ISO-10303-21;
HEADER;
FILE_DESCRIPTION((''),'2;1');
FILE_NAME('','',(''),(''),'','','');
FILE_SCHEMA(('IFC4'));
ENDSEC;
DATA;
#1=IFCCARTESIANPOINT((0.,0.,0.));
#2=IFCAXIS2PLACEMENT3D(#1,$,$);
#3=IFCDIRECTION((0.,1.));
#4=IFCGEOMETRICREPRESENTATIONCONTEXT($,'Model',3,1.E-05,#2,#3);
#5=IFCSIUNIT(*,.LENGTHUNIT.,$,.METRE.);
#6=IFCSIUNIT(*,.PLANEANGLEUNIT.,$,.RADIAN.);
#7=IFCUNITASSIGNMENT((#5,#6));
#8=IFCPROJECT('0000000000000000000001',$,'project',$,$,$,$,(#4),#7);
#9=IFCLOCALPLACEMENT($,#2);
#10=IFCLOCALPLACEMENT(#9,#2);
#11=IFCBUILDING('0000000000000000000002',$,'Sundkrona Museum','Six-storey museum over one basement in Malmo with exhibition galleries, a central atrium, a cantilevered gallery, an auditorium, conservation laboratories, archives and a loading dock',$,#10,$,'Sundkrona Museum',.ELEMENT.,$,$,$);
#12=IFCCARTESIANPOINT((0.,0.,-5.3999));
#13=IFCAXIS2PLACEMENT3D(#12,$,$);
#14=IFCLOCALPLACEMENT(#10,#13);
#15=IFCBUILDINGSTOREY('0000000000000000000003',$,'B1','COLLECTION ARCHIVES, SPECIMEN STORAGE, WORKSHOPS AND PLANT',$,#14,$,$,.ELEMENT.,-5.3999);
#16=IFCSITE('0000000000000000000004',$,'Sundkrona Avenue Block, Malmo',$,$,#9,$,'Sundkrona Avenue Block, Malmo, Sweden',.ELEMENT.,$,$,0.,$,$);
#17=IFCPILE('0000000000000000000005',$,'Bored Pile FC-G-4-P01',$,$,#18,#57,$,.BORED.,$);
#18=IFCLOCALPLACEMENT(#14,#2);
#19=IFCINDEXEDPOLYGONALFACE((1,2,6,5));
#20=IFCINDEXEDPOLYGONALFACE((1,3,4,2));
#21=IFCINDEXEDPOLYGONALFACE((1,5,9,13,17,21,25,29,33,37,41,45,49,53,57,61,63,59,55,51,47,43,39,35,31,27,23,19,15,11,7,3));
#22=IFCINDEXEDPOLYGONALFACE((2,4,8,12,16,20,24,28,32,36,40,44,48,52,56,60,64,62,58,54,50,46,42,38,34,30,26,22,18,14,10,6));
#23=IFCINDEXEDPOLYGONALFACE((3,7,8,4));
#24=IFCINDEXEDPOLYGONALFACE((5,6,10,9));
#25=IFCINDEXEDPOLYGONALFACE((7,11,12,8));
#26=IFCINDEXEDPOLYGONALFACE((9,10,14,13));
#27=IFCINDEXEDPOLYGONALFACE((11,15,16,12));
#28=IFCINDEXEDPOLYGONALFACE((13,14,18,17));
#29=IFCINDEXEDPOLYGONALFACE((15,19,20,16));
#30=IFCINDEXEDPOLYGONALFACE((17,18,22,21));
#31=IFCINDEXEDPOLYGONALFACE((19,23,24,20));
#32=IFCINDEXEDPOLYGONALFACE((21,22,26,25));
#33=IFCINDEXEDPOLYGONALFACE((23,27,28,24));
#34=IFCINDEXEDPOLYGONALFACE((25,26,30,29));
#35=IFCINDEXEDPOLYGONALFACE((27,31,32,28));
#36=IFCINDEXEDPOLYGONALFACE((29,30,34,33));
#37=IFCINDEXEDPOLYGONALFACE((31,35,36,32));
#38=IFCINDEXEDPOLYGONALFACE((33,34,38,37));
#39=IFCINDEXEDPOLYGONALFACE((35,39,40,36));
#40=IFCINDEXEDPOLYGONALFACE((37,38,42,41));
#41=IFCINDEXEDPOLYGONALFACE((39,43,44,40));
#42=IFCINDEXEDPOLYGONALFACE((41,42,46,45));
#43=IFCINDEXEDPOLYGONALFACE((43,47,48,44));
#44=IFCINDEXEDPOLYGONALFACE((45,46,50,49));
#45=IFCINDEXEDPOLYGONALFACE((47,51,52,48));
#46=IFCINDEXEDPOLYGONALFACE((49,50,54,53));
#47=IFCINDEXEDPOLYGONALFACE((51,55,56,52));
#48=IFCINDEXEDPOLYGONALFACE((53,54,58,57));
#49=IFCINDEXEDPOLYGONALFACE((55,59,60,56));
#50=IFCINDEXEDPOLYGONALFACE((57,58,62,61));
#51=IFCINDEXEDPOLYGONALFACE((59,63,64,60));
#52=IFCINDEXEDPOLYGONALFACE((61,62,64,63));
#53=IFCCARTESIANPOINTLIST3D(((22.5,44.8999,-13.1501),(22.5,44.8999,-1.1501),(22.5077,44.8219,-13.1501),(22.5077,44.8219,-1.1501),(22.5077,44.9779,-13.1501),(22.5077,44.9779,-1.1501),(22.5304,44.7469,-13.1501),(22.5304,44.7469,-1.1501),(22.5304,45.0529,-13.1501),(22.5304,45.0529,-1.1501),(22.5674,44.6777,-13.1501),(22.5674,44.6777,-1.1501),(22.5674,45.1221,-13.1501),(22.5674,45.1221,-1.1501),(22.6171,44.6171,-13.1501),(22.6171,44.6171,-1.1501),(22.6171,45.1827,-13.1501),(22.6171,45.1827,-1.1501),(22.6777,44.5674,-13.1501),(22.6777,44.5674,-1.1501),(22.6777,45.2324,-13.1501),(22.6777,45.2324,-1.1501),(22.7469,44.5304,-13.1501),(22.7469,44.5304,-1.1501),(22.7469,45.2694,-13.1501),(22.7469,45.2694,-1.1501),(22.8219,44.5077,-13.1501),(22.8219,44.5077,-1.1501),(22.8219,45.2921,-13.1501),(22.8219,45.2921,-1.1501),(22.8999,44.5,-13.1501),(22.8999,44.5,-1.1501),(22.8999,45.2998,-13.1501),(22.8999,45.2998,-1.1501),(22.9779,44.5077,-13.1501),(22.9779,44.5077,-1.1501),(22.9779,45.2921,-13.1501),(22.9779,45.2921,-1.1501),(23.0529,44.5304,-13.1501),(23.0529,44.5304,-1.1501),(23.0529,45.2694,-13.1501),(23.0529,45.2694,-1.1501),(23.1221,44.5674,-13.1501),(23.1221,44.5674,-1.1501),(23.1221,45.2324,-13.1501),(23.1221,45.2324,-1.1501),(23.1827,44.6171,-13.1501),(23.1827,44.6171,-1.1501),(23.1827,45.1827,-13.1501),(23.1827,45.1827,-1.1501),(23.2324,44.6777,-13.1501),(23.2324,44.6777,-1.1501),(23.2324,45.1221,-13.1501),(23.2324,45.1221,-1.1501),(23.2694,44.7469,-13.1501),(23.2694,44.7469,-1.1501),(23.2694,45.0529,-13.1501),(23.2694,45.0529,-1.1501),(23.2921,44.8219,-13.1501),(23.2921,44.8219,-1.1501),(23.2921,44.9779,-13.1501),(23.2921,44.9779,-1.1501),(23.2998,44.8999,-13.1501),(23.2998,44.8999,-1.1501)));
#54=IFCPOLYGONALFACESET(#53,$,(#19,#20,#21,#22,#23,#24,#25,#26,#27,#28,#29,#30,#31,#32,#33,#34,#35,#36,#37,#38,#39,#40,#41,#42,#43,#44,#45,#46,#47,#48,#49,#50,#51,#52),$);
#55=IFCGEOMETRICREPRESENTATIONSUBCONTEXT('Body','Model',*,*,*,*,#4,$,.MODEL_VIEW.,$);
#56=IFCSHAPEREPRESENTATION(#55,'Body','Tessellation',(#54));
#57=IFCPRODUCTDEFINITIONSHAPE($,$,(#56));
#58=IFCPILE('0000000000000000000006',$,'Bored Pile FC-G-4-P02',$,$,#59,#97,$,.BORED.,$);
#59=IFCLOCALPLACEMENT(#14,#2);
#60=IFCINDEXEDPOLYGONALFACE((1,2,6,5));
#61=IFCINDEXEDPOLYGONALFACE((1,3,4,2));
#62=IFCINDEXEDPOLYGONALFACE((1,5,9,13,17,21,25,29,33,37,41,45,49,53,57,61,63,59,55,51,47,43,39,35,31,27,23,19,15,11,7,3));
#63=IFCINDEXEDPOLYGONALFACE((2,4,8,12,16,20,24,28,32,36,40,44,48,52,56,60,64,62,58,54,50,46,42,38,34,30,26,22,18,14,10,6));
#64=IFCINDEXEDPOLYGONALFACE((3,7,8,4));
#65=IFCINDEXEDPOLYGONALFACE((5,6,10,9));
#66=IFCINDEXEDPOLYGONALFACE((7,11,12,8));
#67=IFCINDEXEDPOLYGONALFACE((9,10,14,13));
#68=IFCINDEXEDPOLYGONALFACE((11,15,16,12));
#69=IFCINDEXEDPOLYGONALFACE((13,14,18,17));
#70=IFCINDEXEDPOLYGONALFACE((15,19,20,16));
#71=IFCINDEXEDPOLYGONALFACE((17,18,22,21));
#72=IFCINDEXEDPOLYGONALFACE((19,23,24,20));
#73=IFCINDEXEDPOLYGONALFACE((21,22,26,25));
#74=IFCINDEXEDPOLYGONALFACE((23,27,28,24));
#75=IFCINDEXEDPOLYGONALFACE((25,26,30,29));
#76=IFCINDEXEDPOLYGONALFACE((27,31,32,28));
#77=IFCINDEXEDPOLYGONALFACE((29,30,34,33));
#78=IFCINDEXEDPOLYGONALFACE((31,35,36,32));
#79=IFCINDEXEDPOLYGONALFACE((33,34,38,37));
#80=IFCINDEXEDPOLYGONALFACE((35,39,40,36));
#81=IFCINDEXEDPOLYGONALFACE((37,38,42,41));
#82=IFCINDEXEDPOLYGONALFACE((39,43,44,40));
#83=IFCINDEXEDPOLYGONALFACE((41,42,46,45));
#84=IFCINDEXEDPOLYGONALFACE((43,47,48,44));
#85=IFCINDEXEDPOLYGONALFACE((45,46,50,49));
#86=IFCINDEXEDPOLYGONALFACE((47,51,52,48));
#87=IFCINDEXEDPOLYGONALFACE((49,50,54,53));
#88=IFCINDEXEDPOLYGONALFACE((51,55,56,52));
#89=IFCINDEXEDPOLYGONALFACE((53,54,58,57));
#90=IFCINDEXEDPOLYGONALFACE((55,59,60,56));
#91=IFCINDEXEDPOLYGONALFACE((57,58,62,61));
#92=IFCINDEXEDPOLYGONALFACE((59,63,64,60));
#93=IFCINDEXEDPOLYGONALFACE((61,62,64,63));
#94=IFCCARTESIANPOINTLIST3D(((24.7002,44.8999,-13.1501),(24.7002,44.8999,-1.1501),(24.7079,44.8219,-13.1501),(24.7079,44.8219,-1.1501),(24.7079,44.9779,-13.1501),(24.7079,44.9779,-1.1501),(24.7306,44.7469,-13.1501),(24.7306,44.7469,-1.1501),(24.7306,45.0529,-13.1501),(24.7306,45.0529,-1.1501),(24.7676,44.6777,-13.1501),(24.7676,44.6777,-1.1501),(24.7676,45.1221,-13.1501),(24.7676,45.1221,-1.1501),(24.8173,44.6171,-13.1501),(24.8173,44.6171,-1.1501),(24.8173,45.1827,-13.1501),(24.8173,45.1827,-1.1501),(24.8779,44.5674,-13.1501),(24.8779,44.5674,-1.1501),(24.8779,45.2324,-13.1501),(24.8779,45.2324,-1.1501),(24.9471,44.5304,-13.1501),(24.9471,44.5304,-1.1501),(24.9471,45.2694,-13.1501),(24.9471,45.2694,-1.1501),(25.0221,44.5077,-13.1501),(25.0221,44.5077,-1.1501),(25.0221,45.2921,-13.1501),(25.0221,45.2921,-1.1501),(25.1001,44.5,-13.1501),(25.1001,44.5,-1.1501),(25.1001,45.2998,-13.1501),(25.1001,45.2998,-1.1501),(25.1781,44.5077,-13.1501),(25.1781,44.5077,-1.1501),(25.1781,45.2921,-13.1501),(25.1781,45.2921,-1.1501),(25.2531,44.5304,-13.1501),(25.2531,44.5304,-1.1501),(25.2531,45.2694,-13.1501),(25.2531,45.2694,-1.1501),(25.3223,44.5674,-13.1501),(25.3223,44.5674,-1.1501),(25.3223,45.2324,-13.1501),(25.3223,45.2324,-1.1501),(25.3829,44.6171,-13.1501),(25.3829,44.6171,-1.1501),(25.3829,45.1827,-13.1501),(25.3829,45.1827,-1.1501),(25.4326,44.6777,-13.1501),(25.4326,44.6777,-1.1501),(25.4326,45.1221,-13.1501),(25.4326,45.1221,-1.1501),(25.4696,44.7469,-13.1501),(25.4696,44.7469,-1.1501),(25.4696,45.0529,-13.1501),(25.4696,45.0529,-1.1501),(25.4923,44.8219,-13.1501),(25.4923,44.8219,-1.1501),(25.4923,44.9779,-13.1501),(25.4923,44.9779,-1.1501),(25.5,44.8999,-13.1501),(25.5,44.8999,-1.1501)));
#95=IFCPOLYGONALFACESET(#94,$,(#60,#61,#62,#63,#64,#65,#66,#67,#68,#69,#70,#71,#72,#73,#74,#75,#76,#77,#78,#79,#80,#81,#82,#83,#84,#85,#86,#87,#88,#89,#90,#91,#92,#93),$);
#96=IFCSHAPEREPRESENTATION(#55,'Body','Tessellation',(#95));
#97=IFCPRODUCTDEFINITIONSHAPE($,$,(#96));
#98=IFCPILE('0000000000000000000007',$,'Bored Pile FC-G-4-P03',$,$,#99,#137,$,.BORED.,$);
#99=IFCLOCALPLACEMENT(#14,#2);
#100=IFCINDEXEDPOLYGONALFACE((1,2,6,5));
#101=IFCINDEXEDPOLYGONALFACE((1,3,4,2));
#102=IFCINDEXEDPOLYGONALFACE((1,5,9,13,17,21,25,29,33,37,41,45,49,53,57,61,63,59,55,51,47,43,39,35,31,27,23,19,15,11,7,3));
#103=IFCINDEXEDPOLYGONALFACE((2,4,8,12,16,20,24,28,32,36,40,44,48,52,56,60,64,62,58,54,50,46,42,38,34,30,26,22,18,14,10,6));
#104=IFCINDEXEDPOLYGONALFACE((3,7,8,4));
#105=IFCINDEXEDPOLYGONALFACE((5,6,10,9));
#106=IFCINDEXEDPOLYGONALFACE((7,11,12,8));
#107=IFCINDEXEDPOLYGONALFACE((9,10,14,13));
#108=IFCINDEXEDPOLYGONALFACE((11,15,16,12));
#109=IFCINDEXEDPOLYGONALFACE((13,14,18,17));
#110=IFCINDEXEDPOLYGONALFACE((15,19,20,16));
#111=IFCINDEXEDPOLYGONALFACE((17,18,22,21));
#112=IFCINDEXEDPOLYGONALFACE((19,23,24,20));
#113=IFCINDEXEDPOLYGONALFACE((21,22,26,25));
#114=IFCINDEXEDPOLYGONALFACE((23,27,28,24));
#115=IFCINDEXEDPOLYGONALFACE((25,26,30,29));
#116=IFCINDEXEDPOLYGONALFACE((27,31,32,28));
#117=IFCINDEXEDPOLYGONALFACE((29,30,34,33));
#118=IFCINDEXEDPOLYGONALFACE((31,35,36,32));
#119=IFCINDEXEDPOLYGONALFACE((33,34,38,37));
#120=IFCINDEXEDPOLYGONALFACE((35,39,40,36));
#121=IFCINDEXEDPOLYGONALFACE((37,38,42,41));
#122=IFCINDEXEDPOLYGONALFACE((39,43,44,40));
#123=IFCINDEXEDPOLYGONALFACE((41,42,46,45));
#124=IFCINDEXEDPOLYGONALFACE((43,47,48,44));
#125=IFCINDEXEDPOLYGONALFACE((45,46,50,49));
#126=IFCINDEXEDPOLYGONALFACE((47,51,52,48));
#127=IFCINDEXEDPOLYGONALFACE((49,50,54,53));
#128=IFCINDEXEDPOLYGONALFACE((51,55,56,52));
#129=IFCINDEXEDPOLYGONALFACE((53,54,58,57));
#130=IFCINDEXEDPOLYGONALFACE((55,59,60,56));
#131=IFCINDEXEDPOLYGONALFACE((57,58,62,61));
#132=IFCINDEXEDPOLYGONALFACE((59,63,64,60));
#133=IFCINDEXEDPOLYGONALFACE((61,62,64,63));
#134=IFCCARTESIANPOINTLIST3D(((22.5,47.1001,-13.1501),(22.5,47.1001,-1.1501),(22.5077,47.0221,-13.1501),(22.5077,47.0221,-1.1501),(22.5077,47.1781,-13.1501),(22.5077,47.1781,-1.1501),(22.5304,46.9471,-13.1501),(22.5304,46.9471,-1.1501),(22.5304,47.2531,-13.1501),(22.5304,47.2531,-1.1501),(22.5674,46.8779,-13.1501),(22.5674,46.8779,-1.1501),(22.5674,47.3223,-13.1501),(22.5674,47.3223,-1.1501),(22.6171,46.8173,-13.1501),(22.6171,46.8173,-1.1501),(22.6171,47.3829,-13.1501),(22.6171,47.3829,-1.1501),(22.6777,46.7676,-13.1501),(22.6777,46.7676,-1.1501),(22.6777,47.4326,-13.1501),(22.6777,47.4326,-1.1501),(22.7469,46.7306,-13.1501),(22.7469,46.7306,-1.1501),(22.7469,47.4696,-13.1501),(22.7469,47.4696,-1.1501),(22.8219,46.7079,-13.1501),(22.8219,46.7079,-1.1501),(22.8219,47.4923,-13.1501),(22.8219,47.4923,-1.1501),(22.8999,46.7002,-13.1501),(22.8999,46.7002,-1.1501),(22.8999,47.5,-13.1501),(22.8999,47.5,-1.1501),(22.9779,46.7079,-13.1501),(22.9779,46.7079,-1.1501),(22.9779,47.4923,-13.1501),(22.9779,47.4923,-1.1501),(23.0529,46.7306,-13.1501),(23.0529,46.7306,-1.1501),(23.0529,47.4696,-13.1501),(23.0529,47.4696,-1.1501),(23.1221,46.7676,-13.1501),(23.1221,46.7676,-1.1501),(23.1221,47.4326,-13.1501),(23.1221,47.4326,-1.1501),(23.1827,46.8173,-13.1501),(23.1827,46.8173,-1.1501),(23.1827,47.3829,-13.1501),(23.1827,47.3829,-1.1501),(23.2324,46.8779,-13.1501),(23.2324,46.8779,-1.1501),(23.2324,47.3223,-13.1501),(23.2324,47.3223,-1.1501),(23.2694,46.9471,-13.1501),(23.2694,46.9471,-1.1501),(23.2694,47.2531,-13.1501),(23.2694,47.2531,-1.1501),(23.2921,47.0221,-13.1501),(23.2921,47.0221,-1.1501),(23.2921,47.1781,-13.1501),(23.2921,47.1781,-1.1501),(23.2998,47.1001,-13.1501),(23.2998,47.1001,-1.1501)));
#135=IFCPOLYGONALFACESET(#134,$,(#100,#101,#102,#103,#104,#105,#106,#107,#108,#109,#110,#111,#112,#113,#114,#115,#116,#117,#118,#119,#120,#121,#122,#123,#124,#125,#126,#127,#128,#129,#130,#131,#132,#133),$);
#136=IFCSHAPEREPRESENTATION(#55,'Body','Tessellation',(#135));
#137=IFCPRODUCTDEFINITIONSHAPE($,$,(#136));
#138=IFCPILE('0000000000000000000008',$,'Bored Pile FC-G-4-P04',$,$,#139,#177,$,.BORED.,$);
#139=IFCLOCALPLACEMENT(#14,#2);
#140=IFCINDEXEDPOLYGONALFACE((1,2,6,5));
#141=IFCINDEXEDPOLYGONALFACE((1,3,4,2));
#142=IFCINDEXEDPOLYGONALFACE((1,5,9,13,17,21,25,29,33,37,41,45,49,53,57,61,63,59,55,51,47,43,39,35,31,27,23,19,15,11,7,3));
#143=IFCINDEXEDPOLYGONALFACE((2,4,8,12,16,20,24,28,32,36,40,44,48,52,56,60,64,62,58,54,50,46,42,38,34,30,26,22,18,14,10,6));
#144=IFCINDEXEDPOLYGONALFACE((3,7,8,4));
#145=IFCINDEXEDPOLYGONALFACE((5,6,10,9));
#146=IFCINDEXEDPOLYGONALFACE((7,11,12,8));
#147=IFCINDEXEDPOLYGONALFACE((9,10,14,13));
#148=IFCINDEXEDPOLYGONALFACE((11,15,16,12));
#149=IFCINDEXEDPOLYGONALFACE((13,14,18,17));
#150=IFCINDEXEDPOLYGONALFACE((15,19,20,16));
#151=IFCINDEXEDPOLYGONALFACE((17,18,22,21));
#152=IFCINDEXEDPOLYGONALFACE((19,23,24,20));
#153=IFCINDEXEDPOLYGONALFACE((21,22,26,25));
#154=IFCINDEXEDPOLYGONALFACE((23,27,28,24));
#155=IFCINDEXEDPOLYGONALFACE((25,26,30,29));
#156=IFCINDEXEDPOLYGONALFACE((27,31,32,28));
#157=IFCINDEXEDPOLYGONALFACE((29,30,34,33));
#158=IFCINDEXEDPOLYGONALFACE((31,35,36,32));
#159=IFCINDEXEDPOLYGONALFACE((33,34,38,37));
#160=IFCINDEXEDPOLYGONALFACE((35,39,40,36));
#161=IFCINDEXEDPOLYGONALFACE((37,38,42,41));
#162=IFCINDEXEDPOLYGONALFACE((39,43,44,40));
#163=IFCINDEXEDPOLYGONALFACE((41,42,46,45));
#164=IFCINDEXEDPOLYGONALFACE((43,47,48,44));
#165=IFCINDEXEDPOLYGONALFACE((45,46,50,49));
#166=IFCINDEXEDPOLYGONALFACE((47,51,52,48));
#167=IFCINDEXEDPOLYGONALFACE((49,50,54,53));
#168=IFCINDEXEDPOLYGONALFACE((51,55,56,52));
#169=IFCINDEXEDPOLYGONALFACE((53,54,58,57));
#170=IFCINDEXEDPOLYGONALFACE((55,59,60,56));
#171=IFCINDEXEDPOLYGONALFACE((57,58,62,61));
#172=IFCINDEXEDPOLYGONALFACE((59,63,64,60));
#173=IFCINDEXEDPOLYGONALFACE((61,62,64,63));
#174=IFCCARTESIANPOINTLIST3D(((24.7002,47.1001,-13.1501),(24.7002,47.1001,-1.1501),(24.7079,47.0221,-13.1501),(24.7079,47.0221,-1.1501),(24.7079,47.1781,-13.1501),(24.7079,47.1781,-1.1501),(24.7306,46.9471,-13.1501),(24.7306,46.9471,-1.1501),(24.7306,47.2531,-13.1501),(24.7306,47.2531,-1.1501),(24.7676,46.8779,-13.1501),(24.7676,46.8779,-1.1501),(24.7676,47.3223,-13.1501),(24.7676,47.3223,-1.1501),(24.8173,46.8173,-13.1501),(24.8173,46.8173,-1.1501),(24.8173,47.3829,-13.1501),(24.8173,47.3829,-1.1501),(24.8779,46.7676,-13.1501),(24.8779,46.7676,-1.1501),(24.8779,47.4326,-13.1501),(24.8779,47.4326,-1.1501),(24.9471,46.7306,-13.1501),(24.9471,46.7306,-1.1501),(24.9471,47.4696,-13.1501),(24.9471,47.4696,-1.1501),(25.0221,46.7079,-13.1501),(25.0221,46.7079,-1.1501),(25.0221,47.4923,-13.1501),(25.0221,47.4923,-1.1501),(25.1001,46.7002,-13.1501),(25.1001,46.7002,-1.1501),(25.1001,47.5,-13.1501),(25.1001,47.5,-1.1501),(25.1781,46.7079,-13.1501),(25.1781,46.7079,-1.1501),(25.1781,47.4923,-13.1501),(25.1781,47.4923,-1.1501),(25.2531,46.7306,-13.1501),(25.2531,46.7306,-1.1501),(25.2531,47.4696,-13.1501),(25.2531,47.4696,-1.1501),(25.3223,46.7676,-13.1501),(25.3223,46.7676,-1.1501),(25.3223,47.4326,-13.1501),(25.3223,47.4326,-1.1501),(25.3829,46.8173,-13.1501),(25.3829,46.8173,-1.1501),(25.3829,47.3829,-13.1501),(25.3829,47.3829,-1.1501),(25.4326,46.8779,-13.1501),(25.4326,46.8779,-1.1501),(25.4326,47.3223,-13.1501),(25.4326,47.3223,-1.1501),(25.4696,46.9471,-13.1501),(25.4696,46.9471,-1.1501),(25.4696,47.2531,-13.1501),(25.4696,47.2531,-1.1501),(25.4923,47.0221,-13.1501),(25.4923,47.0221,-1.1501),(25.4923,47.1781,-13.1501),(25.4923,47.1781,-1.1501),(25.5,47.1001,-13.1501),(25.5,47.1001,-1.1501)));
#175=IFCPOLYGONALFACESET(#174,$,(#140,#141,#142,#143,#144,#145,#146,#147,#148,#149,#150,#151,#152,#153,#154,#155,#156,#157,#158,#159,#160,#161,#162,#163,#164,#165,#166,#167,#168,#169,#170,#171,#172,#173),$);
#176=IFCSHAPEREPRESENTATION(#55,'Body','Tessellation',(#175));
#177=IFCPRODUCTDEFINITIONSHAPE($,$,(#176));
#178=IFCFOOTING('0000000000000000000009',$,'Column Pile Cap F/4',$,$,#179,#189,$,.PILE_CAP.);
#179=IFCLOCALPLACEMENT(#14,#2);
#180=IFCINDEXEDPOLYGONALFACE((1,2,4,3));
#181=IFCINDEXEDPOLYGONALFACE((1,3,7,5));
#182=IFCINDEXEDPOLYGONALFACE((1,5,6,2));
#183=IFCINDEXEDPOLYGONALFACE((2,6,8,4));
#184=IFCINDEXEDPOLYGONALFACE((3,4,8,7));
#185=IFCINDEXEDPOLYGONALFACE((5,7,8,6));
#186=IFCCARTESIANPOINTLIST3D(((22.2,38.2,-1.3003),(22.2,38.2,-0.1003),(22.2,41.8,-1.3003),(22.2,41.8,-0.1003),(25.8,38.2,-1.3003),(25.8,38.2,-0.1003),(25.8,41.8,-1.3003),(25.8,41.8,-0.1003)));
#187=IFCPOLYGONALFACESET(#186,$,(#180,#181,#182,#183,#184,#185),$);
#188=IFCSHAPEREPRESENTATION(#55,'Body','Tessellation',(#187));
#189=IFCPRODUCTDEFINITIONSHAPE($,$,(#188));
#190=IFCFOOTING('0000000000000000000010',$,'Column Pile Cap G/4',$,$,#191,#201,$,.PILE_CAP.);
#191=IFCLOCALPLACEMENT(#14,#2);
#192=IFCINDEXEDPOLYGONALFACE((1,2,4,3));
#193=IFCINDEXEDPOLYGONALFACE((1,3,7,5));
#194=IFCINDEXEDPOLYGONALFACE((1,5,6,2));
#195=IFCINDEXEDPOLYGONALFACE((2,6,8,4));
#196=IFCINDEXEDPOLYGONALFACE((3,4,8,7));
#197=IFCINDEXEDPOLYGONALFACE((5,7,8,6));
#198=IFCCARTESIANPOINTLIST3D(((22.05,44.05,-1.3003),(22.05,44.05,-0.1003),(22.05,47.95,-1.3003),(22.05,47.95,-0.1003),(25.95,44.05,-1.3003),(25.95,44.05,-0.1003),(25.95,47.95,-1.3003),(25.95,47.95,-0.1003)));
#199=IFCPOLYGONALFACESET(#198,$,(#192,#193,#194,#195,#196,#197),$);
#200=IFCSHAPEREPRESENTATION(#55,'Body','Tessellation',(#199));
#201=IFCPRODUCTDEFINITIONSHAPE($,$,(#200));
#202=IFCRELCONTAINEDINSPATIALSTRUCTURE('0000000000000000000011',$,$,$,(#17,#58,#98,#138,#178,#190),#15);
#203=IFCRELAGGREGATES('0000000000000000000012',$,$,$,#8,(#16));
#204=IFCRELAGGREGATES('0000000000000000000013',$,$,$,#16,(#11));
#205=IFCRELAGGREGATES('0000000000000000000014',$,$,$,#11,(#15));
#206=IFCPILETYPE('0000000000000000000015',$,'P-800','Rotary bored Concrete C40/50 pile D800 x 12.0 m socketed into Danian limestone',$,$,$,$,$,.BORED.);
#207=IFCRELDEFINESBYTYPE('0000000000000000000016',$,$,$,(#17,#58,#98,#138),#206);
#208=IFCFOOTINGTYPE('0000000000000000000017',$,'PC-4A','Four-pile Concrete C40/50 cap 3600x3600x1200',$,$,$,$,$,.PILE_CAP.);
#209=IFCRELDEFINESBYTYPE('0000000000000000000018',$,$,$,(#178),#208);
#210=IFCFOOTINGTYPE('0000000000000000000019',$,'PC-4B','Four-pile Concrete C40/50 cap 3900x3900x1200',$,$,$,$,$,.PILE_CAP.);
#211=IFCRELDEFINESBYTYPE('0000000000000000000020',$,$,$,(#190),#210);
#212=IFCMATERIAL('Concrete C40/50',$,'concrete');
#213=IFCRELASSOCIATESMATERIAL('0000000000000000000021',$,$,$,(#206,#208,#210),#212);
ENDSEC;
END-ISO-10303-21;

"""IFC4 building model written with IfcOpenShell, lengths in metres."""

from ifc_helpers import new_model, si_unit, direction, frame, origin, origin_2d, place, context, subcontext, project, spatial, rectangle, circle, extrude, material, material_profile, profile_set, type_object, element, save


model = new_model("IFC4")

# Units and contexts
model_context = context("Model", 3, precision=1e-05, world=origin(), true_north=direction((0.0, 1.0)))
body_context = subcontext(model_context, "Body", "Model", "MODEL_VIEW")
ifc_project = project(units=[si_unit("LENGTHUNIT", "METRE"), si_unit("PLANEANGLEUNIT", "RADIAN")], contexts=[model_context])

# Site, building, storey
site_placement = place(None, origin())
site = spatial("IfcSite", under=ifc_project, at=site_placement, Name="Sundkrona Avenue Block, Malmo", LongName="Sundkrona Avenue Block, Malmo, Sweden", CompositionType="ELEMENT", RefElevation=0.0)
building_placement = place(site_placement, origin())
building = spatial("IfcBuilding", under=site, at=building_placement, Name="Sundkrona Museum", Description="Six-storey museum over one basement in Malmo with exhibition galleries, a central atrium, a cantilevered gallery, an auditorium, conservation laboratories, archives and a loading dock", LongName="Sundkrona Museum", CompositionType="ELEMENT")
storey_placement = place(building_placement, frame((0.0, 0.0, -5.3999)))
storey = spatial("IfcBuildingStorey", under=building, at=storey_placement, Name="B1", Description="COLLECTION ARCHIVES, SPECIMEN STORAGE, WORKSHOPS AND PLANT", CompositionType="ELEMENT", Elevation=-5.3999)

# Shared definitions
ifc_material_1 = material(Name="Concrete C40/50", Category="concrete")

# Piles
ifc_material_profile_1 = material_profile(ifc_material_1, circle(Radius=0.3999, at=origin_2d()), Name="PILE D800")
ifc_profile_set_1 = profile_set([ifc_material_profile_1], Name="Concrete C40/50")
pile_type_1 = type_object("IfcPileType", Name="P-800", Description="Rotary bored Concrete C40/50 pile D800 x 12.0 m socketed into Danian limestone", PredefinedType="BORED", material=ifc_profile_set_1)
for number, where, z_axis, x_axis, name in (
    (1, (22.8999, 44.8999, -1.1501), (0.0, 0.0, -1.0), (1.0, 0.0, 0.0), "Bored Pile FC-G-4-P01"),
    (2, (25.1001, 44.8999, -1.1501), (0.0, 0.0, -1.0), (1.0, 0.0, 0.0), "Bored Pile FC-G-4-P02"),
    (3, (22.8999, 47.1001, -1.1501), (0.0, 0.0, -1.0), (1.0, 0.0, 0.0), "Bored Pile FC-G-4-P03"),
    (4, (25.1001, 47.1001, -1.1501), (0.0, 0.0, -1.0), (1.0, 0.0, 0.0), "Bored Pile FC-G-4-P04"),
):
    element("IfcPile", number, at=place(storey_placement, frame(where, z_axis=z_axis, x_axis=x_axis)), inside=storey, type_object=pile_type_1, Name=name, PredefinedType="BORED", context=body_context, shape_type="SweptSolid", body=[
        extrude(circle(Radius=0.3999, at=origin_2d()), origin(), (0.0, 0.0, 1.0), 12.0),
    ])

# Footings
footing_type_1 = type_object("IfcFootingType", Name="PC-4A", Description="Four-pile Concrete C40/50 cap 3600x3600x1200", PredefinedType="PILE_CAP", material=ifc_material_1)
footing_1_placement = place(storey_placement, frame((24.0, 40.0, -1.3003), z_axis=(0.0, 0.0, 1.0), x_axis=(1.0, 0.0, 0.0)))
element("IfcFooting", 5, at=footing_1_placement, inside=storey, type_object=footing_type_1, Name="Column Pile Cap F/4", PredefinedType="PILE_CAP", context=body_context, shape_type="SweptSolid", body=[
    extrude(rectangle(XDim=3.6001, YDim=3.6001, at=origin_2d()), origin(), (0.0, 0.0, 1.0), 1.2),
])
footing_type_2 = type_object("IfcFootingType", Name="PC-4B", Description="Four-pile Concrete C40/50 cap 3900x3900x1200", PredefinedType="PILE_CAP", material=ifc_material_1)
footing_2_placement = place(storey_placement, frame((24.0, 46.0, -1.3003), z_axis=(0.0, 0.0, 1.0), x_axis=(1.0, 0.0, 0.0)))
element("IfcFooting", 6, at=footing_2_placement, inside=storey, type_object=footing_type_2, Name="Column Pile Cap G/4", PredefinedType="PILE_CAP", context=body_context, shape_type="SweptSolid", body=[
    extrude(rectangle(XDim=3.8999, YDim=3.8999, at=origin_2d()), origin(), (0.0, 0.0, 1.0), 1.2),
])

save(model, "model.ifc")
